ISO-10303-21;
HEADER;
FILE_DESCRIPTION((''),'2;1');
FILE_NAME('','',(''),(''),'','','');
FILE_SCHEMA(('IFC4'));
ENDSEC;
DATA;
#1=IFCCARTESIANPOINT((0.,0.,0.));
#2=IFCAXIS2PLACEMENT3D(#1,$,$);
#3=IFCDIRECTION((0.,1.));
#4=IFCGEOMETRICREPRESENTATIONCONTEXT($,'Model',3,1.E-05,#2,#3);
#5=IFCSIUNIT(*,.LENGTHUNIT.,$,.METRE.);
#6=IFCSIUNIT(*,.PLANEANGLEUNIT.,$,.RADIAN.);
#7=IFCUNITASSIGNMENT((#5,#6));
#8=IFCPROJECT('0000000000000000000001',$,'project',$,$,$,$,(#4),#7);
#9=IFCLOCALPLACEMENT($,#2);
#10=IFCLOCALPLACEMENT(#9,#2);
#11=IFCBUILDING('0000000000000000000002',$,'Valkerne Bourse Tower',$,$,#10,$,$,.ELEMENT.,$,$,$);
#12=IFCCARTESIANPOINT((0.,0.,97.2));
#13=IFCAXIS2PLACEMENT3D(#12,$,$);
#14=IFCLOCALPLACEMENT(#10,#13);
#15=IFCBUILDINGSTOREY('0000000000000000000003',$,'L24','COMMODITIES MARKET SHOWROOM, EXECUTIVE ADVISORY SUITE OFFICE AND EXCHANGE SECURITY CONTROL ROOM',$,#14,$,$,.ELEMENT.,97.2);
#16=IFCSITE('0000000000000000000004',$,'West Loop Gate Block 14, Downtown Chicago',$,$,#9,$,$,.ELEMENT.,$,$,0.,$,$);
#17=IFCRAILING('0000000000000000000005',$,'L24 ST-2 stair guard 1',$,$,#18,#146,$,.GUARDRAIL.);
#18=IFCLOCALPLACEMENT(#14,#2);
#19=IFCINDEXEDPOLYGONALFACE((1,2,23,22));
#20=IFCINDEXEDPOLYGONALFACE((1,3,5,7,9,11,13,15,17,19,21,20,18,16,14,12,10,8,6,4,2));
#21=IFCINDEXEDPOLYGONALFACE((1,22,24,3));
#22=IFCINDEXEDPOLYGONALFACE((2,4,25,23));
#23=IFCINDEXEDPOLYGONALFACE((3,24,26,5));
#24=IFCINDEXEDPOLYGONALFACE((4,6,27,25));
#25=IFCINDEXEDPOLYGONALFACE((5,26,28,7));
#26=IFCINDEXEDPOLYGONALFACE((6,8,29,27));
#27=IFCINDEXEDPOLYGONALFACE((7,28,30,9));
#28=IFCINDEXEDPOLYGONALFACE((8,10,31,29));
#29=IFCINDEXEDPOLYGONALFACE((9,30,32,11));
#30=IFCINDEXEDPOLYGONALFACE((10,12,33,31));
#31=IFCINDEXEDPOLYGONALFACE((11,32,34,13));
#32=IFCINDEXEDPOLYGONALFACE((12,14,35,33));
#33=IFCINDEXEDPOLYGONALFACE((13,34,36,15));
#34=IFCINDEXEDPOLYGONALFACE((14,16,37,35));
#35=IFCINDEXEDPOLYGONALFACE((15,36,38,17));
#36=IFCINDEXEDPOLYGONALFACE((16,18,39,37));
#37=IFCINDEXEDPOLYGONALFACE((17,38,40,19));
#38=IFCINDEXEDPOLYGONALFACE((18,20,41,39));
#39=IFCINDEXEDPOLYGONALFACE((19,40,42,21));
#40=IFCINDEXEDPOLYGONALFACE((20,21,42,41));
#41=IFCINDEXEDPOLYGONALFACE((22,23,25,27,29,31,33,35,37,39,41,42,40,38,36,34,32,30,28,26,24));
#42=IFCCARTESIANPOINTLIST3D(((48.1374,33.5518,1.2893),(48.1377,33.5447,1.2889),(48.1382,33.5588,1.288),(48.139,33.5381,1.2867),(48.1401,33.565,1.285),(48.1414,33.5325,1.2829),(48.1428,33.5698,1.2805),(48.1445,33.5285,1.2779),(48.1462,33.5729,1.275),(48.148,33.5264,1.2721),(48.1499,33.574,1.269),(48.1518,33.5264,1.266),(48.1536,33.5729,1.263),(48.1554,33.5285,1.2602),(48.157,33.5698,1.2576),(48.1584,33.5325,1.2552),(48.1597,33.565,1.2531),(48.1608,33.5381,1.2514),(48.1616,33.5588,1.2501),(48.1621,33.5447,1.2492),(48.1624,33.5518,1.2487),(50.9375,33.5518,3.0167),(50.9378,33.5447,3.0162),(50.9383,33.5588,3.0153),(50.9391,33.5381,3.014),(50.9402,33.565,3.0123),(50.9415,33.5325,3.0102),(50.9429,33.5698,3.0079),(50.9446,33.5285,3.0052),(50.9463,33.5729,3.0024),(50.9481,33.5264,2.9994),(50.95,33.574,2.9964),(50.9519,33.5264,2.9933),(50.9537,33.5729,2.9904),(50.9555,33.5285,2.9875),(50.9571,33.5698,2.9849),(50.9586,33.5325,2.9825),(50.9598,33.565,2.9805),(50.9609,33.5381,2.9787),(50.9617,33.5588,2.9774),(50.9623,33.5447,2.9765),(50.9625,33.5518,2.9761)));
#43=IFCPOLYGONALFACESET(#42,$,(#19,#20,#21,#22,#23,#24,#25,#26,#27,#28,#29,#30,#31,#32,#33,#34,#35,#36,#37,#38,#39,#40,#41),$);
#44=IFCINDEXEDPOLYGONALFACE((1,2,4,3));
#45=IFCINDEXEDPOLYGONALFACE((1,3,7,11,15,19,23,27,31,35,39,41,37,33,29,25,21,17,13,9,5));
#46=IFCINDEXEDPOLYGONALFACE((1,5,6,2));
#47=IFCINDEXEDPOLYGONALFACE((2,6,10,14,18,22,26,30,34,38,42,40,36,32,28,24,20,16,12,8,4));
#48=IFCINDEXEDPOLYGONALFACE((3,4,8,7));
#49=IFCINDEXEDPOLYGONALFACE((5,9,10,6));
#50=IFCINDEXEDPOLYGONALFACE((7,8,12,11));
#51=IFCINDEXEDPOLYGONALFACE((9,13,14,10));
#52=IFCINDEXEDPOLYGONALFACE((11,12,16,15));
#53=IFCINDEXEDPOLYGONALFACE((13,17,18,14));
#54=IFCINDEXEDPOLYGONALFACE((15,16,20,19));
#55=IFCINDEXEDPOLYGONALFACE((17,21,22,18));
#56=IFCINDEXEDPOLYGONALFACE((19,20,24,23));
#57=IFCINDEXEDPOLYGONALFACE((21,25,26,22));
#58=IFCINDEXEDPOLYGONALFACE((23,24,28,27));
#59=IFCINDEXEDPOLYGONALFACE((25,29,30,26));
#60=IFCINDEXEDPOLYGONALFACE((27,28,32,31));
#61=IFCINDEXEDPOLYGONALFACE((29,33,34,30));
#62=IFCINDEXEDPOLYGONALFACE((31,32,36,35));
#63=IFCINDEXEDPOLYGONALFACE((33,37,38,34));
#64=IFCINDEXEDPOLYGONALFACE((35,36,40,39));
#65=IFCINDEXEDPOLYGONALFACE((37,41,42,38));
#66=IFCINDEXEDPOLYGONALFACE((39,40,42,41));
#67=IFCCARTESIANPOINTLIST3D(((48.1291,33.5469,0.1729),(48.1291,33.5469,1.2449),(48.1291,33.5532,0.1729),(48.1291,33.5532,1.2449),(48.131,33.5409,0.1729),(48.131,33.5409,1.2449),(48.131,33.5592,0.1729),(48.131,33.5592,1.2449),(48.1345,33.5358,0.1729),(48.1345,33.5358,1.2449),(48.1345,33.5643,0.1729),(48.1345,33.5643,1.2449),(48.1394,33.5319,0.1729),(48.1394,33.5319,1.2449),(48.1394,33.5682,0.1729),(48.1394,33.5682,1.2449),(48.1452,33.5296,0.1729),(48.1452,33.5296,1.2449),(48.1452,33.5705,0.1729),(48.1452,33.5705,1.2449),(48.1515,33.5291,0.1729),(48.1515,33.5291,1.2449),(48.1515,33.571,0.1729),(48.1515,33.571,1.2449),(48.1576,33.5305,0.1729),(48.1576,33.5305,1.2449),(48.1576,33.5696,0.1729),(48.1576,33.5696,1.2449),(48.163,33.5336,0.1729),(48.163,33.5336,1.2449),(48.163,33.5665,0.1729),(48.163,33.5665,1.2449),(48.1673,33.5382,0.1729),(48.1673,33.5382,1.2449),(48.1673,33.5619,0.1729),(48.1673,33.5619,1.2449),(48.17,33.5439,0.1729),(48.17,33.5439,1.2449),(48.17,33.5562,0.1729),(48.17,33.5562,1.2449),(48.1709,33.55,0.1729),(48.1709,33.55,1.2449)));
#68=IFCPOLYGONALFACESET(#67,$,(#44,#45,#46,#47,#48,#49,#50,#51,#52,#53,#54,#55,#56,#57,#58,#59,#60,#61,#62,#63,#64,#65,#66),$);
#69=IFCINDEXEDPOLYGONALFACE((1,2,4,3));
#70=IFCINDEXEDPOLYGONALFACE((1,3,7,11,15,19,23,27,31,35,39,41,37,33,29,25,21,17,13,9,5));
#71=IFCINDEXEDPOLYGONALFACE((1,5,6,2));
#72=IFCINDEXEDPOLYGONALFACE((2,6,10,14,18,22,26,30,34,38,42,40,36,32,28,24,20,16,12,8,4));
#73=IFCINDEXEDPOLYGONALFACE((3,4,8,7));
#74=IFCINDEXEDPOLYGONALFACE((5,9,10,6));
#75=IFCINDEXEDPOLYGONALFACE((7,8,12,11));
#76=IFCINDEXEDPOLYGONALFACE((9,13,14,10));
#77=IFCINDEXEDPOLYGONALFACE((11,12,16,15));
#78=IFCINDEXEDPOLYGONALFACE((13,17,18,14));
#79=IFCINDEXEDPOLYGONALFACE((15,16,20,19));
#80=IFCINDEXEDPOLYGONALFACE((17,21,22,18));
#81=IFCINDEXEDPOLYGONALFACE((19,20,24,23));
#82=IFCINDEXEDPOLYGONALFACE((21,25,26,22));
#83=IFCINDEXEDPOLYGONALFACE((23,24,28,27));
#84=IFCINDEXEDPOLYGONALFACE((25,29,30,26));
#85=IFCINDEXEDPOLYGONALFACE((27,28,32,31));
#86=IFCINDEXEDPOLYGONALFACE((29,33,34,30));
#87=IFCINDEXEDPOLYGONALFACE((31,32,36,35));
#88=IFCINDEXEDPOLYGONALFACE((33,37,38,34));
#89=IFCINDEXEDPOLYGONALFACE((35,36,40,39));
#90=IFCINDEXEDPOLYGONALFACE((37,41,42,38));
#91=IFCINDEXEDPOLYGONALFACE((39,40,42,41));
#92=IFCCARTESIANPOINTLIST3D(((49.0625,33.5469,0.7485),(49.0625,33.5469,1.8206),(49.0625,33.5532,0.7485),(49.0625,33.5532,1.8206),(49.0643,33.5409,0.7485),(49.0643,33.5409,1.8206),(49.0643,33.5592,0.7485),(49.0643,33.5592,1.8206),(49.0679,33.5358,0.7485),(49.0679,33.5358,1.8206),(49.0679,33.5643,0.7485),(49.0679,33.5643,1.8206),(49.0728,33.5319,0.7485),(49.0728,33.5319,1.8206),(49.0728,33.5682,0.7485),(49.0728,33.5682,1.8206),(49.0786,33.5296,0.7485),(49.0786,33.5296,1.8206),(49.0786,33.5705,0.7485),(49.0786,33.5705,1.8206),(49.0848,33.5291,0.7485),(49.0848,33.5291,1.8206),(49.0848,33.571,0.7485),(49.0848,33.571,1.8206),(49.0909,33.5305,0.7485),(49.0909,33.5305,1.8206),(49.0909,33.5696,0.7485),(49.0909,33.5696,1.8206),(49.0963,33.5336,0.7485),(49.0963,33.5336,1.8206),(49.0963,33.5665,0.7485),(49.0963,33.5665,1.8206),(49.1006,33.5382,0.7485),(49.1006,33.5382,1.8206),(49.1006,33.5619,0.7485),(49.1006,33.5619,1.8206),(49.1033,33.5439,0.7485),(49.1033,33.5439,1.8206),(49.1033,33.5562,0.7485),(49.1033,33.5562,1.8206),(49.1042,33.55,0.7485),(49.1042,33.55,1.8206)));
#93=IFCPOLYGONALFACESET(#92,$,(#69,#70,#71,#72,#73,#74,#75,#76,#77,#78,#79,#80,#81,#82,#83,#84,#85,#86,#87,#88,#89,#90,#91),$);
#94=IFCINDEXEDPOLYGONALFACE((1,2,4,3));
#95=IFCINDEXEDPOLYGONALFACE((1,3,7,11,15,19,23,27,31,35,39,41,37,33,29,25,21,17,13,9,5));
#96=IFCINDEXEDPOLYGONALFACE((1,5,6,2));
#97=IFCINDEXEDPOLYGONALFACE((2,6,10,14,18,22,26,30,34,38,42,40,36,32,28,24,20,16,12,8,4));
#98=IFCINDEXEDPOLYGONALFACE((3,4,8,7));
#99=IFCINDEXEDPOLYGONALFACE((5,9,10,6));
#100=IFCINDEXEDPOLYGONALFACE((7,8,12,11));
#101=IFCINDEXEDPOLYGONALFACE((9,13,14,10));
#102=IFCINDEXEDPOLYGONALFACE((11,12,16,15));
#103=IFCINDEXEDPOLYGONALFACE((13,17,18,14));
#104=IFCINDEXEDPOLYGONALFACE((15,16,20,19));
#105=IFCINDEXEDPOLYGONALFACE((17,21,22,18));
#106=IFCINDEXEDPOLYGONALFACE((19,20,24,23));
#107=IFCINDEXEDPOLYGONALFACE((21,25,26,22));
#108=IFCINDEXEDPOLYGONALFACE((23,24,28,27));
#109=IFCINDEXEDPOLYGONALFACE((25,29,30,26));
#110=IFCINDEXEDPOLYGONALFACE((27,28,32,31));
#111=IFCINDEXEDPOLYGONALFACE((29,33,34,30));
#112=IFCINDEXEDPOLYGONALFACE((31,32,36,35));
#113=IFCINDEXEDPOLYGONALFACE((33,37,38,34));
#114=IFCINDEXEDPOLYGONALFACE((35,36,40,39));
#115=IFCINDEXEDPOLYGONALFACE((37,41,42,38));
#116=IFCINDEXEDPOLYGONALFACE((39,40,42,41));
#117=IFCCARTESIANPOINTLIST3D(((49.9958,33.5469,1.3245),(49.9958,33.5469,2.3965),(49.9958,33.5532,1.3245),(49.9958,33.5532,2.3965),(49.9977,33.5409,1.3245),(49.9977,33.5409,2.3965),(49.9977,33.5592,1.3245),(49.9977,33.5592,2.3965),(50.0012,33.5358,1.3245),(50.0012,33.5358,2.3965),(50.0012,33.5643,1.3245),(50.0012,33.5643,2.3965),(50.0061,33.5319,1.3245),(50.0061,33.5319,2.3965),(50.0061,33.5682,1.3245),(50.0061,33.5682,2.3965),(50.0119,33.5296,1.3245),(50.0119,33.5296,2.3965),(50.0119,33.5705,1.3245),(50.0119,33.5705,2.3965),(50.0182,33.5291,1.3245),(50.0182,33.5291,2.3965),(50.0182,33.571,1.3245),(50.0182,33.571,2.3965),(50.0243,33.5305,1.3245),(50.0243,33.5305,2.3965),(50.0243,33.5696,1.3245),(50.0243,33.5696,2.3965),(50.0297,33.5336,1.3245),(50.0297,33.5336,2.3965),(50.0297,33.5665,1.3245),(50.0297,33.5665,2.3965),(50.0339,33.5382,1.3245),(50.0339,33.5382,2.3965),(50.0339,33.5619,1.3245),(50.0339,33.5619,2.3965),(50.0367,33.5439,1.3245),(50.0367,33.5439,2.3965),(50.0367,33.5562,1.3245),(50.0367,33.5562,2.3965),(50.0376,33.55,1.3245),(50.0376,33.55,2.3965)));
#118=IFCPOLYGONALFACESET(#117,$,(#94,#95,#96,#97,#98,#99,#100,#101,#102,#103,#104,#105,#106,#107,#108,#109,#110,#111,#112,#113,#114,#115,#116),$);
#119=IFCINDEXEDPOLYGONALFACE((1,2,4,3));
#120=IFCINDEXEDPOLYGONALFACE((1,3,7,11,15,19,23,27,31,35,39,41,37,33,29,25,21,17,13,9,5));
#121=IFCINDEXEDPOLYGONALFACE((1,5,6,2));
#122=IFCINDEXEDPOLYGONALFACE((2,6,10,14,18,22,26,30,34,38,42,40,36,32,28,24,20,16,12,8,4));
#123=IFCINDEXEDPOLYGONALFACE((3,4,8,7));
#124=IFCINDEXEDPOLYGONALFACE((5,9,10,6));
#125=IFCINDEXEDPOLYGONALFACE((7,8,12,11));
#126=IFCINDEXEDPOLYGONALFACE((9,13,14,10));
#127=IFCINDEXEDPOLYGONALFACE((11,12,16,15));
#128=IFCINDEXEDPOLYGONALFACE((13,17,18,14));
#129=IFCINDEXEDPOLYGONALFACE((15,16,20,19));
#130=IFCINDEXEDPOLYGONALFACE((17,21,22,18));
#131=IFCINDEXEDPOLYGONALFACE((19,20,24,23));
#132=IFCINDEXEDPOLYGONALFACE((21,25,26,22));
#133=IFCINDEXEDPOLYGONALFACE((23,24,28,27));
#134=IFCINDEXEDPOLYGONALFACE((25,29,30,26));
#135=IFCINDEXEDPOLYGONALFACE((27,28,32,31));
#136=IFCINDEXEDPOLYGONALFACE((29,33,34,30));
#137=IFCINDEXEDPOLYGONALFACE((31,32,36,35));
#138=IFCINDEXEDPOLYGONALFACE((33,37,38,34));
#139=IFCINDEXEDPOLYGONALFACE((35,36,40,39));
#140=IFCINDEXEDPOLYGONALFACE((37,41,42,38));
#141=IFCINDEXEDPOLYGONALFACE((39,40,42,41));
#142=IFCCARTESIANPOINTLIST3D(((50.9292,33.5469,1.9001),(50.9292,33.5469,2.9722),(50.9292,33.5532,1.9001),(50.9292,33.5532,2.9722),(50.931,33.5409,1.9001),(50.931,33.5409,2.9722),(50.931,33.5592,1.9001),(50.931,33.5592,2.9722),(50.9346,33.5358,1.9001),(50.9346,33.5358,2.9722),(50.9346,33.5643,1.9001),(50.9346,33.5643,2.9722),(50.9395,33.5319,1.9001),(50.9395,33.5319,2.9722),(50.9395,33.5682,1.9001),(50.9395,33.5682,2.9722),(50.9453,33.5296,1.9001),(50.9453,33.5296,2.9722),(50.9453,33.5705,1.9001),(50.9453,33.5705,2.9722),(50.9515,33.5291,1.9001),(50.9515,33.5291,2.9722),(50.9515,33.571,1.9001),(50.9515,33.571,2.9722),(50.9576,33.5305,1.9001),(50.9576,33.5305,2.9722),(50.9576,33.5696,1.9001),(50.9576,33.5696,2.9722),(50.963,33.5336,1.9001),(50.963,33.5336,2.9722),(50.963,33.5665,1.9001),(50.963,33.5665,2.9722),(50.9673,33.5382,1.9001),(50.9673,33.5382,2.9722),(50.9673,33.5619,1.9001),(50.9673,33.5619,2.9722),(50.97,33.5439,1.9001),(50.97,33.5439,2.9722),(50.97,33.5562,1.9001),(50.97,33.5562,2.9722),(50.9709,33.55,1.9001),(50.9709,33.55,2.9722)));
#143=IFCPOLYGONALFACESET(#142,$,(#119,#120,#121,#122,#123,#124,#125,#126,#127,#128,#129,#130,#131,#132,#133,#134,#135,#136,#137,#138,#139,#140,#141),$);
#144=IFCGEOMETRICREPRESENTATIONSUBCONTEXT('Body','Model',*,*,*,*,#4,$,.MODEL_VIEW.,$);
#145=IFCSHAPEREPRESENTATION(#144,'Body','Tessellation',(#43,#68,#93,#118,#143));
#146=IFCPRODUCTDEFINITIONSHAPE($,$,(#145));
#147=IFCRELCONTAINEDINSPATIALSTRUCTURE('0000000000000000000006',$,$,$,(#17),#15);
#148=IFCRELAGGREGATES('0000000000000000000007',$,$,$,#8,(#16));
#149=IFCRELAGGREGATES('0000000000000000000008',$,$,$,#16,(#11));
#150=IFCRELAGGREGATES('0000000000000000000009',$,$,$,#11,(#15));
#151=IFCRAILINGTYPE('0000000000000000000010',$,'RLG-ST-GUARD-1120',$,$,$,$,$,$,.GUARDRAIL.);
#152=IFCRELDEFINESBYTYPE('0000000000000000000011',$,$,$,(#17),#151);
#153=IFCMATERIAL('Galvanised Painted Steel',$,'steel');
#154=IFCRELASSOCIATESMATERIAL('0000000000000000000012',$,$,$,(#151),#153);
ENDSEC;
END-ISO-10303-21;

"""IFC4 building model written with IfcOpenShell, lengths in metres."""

from ifc_helpers import new_model, si_unit, direction, frame, origin, origin_2d, place, context, subcontext, project, spatial, circle, extrude, material, type_object, element, save


model = new_model("IFC4")

# Units and contexts
model_context = context("Model", 3, precision=1e-05, world=origin(), true_north=direction((0.0, 1.0)))
body_context = subcontext(model_context, "Body", "Model", "MODEL_VIEW")
ifc_project = project(units=[si_unit("LENGTHUNIT", "METRE"), si_unit("PLANEANGLEUNIT", "RADIAN")], contexts=[model_context])

# Site, building, storey
site_placement = place(None, origin())
site = spatial("IfcSite", under=ifc_project, at=site_placement, Name="West Loop Gate Block 14, Downtown Chicago", CompositionType="ELEMENT", RefElevation=0.0)
building_placement = place(site_placement, origin())
building = spatial("IfcBuilding", under=site, at=building_placement, Name="Valkerne Bourse Tower", CompositionType="ELEMENT")
storey_placement = place(building_placement, frame((0.0, 0.0, 97.2)))
storey = spatial("IfcBuildingStorey", under=building, at=storey_placement, Name="L24", Description="COMMODITIES MARKET SHOWROOM, EXECUTIVE ADVISORY SUITE OFFICE AND EXCHANGE SECURITY CONTROL ROOM", CompositionType="ELEMENT", Elevation=97.2)

# Shared definitions
ifc_material_1 = material(Name="Galvanised Painted Steel", Category="steel")

# Railing
railing_type_1 = type_object("IfcRailingType", Name="RLG-ST-GUARD-1120", PredefinedType="GUARDRAIL", material=ifc_material_1)
railing_1_placement = place(storey_placement, frame((48.1499, 33.55, 0.1729)))
element("IfcRailing", 1, at=railing_1_placement, inside=storey, type_object=railing_type_1, Name="L24 ST-2 stair guard 1", PredefinedType="GUARDRAIL", context=body_context, shape_type="SweptSolid", body=[
    extrude(circle(Radius=0.0239, at=origin_2d()), frame((0.0, 0.0, 1.0962), z_axis=(0.85109, 0.0, 0.52502), x_axis=(0.0, 1.0, 0.0)), (0.0, 0.0, 1.0), 3.29),
    extrude(circle(Radius=0.021, at=origin_2d()), origin(), (0.0, 0.0, 1.0), 1.072),
    extrude(circle(Radius=0.021, at=origin_2d()), frame((0.9333, 0.0, 0.5757)), (0.0, 0.0, 1.0), 1.072),
    extrude(circle(Radius=0.021, at=origin_2d()), frame((1.8667, 0.0, 1.1516)), (0.0, 0.0, 1.0), 1.072),
    extrude(circle(Radius=0.021, at=origin_2d()), frame((2.8, 0.0, 1.7273)), (0.0, 0.0, 1.0), 1.072),
])

save(model, "model.ifc")
